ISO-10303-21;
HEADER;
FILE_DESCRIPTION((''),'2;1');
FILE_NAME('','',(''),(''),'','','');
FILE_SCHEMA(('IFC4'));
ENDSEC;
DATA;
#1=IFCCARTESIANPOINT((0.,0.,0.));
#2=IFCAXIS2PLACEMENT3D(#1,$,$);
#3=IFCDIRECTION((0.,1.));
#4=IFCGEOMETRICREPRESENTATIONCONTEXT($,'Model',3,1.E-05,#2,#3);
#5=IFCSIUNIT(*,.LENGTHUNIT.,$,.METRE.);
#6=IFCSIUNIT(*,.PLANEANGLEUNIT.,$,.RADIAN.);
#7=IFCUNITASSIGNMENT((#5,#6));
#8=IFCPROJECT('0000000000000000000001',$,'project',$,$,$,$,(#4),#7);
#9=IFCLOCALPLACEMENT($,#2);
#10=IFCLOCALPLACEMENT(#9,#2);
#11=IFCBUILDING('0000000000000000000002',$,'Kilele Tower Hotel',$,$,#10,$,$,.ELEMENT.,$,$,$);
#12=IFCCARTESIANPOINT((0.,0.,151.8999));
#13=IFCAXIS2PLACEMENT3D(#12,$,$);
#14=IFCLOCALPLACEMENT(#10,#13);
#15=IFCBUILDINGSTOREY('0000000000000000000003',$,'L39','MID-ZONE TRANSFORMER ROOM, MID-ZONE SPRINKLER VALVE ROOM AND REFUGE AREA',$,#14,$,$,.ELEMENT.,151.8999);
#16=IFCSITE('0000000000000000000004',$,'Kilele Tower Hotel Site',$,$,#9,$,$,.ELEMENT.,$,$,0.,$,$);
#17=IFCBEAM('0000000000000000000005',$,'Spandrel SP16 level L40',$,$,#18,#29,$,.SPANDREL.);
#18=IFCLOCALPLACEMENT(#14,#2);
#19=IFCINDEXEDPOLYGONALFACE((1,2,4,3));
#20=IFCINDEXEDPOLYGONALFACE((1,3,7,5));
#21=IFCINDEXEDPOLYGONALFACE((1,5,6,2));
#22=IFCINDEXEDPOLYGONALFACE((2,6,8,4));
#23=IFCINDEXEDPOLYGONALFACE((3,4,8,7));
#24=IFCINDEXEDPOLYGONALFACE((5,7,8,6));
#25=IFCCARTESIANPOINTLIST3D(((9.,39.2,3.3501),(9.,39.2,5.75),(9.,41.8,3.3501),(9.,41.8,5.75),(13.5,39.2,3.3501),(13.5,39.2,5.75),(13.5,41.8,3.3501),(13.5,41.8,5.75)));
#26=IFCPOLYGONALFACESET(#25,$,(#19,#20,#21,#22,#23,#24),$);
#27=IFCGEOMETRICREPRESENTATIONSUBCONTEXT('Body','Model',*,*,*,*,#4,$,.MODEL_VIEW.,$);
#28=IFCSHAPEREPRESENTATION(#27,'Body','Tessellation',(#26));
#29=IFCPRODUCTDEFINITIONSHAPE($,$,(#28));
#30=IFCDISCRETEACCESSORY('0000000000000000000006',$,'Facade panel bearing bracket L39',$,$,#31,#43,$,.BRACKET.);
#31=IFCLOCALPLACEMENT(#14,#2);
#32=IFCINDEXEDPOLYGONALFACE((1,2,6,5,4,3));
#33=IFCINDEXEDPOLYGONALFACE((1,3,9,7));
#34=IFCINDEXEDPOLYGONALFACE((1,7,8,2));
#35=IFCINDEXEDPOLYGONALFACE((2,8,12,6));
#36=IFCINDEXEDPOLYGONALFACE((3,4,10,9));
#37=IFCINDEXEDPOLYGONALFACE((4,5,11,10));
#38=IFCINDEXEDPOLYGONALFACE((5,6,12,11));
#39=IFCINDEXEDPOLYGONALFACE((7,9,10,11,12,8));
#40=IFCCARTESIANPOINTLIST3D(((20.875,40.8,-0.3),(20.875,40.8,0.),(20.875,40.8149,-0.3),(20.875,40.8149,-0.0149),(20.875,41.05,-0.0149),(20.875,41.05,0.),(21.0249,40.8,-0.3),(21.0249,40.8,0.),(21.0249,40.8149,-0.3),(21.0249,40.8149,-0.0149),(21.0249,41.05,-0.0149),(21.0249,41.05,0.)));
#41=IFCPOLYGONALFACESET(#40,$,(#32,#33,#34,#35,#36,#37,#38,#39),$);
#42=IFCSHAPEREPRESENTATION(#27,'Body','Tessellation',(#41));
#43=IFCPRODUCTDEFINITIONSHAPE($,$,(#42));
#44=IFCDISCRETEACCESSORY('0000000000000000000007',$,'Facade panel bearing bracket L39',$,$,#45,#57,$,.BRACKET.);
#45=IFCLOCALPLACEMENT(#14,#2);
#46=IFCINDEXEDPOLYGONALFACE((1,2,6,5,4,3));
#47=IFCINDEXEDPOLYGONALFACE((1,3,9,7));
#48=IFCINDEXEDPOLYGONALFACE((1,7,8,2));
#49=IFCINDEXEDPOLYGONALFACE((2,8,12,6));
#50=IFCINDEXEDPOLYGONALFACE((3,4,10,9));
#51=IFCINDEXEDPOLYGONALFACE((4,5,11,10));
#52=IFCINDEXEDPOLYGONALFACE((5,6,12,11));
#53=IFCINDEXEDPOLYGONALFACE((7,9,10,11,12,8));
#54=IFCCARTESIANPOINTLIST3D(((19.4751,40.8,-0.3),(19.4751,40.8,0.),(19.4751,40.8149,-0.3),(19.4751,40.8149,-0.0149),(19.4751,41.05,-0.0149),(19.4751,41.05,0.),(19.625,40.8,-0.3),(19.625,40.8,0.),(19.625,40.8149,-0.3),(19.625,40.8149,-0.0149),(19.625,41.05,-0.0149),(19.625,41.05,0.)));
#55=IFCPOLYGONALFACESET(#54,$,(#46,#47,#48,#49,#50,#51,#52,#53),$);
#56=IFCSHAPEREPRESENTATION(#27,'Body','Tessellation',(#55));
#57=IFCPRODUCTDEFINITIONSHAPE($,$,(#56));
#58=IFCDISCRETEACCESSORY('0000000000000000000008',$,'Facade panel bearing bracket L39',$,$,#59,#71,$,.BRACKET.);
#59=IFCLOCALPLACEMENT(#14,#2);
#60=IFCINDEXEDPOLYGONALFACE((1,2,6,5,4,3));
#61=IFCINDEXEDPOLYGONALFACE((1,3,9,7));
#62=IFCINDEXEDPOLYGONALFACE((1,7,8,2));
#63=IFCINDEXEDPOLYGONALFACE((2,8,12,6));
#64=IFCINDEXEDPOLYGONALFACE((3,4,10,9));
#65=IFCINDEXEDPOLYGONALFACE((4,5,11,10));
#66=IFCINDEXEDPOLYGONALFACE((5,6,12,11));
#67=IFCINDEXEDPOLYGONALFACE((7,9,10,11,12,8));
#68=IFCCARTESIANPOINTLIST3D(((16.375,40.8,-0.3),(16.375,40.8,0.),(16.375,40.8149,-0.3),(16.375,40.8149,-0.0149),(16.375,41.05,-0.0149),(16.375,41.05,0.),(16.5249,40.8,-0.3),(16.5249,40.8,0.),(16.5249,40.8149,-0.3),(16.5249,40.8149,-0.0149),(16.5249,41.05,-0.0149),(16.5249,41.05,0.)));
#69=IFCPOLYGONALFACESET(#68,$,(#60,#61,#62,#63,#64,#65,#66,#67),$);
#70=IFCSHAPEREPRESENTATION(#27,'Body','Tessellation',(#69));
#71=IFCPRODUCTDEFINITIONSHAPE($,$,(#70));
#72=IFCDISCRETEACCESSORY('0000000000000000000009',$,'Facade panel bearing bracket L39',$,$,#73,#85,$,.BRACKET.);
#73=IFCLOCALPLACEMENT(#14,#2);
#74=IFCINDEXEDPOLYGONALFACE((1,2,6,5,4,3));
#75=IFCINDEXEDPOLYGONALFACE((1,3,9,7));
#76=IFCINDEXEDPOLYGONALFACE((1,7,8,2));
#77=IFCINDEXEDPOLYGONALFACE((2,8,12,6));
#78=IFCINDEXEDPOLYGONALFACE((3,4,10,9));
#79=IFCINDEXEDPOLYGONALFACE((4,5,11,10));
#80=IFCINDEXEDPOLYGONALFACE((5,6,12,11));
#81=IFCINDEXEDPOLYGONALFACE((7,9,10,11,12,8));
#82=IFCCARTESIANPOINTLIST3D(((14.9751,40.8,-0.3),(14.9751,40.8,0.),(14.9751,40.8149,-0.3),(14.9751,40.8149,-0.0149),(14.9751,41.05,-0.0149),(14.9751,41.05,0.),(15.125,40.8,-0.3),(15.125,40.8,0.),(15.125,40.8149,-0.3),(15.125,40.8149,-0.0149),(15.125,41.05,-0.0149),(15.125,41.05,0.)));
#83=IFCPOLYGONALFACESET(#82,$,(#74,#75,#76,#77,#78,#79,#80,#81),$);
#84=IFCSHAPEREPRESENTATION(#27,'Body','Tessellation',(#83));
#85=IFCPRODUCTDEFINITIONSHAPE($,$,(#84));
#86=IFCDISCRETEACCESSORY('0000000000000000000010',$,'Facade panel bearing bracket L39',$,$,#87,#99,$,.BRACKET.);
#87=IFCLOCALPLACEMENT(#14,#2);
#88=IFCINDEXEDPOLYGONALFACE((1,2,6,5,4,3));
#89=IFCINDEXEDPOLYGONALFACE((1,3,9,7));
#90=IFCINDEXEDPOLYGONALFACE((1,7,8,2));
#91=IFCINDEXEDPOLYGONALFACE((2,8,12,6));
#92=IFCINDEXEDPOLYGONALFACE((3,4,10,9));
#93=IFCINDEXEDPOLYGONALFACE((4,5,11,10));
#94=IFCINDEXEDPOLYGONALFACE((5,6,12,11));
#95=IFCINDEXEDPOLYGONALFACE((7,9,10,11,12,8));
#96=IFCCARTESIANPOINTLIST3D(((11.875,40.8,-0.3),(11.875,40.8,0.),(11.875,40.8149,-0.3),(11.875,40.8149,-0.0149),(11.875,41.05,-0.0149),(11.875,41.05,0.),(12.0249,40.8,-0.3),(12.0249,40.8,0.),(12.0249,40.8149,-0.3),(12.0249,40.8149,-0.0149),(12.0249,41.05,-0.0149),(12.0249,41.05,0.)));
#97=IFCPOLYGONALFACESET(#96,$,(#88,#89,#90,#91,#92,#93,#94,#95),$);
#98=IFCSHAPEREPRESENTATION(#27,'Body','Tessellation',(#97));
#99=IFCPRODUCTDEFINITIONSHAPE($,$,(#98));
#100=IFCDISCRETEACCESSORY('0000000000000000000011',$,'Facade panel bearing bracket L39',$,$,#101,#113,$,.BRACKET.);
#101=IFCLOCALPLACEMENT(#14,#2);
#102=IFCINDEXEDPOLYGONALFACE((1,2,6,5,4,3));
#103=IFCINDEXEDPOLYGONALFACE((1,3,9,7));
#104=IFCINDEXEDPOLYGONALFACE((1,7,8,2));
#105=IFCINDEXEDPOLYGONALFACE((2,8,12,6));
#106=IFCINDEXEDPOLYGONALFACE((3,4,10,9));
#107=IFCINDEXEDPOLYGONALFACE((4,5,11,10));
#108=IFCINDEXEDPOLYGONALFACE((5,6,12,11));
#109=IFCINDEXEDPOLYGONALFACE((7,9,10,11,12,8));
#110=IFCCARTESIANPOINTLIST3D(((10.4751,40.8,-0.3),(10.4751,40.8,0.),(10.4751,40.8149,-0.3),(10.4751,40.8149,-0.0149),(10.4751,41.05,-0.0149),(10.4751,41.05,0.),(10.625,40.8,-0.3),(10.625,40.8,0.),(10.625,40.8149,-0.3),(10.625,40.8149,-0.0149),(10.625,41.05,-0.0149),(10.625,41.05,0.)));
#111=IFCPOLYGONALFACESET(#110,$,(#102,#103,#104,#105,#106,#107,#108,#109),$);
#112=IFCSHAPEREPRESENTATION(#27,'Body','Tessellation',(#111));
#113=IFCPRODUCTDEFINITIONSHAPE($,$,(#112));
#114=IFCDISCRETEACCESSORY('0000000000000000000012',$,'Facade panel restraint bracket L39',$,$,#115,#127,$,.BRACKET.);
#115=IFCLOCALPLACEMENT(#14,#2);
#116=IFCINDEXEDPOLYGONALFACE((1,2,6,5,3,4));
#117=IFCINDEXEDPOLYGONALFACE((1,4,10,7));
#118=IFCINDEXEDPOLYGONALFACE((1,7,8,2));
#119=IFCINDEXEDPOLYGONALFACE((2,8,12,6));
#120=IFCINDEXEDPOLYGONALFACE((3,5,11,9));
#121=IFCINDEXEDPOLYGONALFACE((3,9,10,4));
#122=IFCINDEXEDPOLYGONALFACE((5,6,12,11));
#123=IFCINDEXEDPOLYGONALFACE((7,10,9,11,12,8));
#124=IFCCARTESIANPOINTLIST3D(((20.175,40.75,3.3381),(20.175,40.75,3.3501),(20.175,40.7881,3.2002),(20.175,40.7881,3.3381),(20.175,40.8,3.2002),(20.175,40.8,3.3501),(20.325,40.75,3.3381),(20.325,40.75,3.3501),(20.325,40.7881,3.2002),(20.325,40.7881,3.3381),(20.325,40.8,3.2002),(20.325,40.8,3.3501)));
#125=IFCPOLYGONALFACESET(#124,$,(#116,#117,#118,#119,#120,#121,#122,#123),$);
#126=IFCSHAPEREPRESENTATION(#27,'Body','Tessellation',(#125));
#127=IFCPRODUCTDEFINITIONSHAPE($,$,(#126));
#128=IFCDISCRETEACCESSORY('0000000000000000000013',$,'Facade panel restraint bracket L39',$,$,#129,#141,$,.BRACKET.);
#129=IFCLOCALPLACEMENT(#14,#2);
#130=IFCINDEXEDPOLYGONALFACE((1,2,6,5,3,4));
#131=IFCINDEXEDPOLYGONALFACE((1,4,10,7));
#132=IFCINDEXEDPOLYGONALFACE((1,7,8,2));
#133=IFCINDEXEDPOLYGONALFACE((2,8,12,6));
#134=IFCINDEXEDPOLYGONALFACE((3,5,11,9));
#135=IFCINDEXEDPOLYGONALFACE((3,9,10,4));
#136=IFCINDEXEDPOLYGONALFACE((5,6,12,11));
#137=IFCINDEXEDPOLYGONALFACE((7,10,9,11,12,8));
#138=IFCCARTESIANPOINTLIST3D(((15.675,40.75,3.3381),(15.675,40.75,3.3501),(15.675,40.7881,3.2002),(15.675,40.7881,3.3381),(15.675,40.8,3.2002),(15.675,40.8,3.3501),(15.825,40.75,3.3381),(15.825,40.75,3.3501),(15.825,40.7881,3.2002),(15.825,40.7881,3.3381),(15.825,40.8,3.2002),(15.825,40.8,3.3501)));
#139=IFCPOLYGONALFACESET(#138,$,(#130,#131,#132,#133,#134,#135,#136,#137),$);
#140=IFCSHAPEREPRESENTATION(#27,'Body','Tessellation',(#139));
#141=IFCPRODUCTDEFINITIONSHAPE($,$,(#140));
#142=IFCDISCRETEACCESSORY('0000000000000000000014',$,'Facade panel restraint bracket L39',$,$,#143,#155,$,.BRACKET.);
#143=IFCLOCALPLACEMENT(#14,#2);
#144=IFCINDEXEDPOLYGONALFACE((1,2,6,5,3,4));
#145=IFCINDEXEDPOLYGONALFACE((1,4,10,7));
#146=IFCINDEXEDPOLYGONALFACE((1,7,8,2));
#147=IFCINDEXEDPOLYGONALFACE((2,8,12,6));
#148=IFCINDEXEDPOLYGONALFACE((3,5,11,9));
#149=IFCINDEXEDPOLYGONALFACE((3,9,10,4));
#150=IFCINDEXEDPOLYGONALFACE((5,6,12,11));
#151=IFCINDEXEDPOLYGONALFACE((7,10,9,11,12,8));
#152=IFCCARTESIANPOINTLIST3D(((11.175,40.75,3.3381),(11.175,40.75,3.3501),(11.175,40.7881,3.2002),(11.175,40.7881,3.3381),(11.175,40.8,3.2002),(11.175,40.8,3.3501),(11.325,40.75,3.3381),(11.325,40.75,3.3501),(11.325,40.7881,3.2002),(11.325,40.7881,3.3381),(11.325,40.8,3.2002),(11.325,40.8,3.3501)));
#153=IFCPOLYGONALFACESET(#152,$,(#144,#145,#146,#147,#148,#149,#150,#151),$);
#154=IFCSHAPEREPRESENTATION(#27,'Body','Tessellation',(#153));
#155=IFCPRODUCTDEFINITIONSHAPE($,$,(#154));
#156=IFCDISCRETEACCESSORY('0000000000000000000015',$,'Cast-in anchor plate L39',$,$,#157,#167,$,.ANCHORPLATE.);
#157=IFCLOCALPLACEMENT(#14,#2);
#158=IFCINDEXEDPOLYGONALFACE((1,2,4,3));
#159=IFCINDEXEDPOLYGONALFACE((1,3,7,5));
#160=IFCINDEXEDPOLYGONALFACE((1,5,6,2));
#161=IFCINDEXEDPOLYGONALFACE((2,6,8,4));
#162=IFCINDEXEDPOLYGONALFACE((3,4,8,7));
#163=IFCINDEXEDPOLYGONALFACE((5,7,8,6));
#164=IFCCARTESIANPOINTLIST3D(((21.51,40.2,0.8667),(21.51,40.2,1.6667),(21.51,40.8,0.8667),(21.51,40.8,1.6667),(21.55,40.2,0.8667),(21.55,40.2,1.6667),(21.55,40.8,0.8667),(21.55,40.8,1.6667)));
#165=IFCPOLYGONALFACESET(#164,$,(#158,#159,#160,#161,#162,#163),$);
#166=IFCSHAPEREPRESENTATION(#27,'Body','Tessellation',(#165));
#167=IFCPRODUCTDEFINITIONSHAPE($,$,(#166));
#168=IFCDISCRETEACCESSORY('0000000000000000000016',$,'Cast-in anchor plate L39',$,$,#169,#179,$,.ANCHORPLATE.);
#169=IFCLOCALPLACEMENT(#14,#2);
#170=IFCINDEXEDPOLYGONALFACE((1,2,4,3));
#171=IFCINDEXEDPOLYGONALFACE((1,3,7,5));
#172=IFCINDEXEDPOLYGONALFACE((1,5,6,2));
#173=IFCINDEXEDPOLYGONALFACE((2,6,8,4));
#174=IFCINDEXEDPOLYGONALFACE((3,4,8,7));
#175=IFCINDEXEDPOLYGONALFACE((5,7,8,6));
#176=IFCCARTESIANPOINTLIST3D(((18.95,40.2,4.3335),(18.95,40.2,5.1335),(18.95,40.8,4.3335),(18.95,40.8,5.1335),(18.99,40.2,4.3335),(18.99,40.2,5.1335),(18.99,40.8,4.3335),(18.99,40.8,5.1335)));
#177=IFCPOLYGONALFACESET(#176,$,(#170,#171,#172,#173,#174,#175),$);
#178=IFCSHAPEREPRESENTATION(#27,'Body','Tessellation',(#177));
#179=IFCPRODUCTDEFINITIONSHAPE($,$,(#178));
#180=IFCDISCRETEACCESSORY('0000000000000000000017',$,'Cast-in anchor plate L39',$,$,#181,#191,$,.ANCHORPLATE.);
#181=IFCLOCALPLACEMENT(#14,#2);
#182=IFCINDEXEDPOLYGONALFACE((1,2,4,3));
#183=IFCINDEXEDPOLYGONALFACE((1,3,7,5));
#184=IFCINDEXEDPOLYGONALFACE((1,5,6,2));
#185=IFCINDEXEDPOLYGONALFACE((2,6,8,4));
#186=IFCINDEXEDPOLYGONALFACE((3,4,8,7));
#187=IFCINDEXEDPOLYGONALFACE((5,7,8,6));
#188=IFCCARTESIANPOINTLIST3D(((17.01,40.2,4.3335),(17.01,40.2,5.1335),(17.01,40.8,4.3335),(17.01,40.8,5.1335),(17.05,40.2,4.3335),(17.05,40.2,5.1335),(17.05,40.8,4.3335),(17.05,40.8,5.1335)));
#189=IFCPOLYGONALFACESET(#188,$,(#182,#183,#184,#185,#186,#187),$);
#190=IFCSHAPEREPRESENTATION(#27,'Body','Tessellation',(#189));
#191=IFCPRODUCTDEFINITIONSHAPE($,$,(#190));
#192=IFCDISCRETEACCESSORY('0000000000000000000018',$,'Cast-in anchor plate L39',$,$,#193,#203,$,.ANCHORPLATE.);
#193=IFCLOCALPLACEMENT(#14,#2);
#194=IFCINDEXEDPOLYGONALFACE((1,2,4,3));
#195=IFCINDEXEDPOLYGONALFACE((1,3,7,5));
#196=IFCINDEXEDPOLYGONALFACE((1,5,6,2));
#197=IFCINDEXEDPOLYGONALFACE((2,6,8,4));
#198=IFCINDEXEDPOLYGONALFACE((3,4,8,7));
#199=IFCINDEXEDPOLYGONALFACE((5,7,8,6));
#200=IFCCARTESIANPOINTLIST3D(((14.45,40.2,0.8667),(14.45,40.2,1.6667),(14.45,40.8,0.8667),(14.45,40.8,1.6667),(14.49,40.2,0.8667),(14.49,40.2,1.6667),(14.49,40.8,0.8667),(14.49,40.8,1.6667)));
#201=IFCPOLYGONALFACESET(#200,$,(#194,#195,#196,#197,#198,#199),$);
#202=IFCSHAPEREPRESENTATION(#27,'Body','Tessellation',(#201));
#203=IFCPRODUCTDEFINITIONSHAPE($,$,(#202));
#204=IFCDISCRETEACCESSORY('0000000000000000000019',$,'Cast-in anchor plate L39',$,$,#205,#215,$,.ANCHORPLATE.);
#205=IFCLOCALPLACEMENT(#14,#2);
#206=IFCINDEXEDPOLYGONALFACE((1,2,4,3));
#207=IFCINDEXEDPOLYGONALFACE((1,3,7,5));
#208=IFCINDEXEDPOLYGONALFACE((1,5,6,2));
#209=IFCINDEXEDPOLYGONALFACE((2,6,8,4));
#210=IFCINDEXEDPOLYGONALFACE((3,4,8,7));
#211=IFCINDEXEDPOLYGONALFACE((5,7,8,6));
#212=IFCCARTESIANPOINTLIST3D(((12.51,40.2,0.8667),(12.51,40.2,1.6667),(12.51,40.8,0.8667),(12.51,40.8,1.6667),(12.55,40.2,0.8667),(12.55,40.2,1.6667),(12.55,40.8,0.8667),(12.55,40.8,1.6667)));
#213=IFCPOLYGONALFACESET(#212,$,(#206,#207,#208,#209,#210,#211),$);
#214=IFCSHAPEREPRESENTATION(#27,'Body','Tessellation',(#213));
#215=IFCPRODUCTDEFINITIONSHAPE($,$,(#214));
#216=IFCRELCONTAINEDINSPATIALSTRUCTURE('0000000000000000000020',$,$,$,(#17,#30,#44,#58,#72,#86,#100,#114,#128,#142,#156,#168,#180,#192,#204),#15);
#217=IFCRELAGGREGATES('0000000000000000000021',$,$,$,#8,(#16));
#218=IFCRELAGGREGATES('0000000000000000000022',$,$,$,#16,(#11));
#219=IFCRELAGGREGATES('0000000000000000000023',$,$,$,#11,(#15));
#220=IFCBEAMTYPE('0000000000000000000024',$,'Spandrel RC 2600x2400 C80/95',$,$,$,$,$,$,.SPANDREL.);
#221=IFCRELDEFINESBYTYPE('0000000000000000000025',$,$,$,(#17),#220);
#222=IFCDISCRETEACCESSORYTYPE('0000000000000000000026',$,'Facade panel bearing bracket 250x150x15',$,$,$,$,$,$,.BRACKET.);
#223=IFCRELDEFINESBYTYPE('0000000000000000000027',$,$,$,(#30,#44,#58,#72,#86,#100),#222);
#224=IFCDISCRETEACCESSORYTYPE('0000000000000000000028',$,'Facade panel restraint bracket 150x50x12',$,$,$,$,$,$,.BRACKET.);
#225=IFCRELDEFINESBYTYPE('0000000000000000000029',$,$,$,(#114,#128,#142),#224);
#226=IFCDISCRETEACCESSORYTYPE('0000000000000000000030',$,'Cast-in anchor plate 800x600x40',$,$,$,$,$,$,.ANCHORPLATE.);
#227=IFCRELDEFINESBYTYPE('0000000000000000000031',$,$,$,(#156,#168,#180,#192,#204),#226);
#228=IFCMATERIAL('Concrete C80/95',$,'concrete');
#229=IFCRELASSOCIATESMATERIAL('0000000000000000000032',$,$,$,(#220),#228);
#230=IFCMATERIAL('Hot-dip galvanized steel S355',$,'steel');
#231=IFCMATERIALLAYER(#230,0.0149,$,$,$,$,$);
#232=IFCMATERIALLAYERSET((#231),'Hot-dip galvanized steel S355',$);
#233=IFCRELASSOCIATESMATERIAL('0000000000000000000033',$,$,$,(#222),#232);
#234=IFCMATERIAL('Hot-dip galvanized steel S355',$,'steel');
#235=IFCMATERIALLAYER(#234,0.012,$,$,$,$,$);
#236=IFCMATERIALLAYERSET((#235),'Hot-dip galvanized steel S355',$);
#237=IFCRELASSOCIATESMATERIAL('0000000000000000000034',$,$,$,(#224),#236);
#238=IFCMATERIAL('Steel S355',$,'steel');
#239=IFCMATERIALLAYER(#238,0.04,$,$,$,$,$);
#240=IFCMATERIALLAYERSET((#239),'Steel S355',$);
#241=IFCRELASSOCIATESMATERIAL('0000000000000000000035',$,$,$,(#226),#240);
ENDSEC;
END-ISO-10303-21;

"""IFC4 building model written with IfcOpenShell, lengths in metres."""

from ifc_helpers import new_model, si_unit, direction, frame, origin, origin_2d, place, context, subcontext, project, spatial, polyline, rectangle, outline, extrude, source, transform, mapped, material, layer, layer_set, material_profile, profile_set, type_object, element, save


model = new_model("IFC4")

# Units and contexts
model_context = context("Model", 3, precision=1e-05, world=origin(), true_north=direction((0.0, 1.0)))
body_context = subcontext(model_context, "Body", "Model", "MODEL_VIEW")
ifc_project = project(units=[si_unit("LENGTHUNIT", "METRE"), si_unit("PLANEANGLEUNIT", "RADIAN")], contexts=[model_context])

# Site, building, storey
site_placement = place(None, origin())
site = spatial("IfcSite", under=ifc_project, at=site_placement, Name="Kilele Tower Hotel Site", CompositionType="ELEMENT", RefElevation=0.0)
building_placement = place(site_placement, origin())
building = spatial("IfcBuilding", under=site, at=building_placement, Name="Kilele Tower Hotel", CompositionType="ELEMENT")
storey_placement = place(building_placement, frame((0.0, 0.0, 151.8999)))
storey = spatial("IfcBuildingStorey", under=building, at=storey_placement, Name="L39", Description="MID-ZONE TRANSFORMER ROOM, MID-ZONE SPRINKLER VALVE ROOM AND REFUGE AREA", CompositionType="ELEMENT", Elevation=151.8999)

# Beam
ifc_material_1 = material(Name="Concrete C80/95", Category="concrete")
ifc_material_profile_1 = material_profile(ifc_material_1, rectangle(XDim=2.6001, YDim=2.3999, at=origin_2d()))
ifc_profile_set_1 = profile_set([ifc_material_profile_1], Name="Concrete C80/95")
beam_type_1 = type_object("IfcBeamType", Name="Spandrel RC 2600x2400 C80/95", PredefinedType="SPANDREL", material=ifc_profile_set_1)
for number, where, z_axis, x_axis, name in (
    (1, (13.5, 40.5, 4.55), (-1.0, 0.0, 0.0), (0.0, -1.0, 0.0), "Spandrel SP16 level L40"),
):
    element("IfcBeam", number, at=place(storey_placement, frame(where, z_axis=z_axis, x_axis=x_axis)), inside=storey, type_object=beam_type_1, Name=name, PredefinedType="SPANDREL", context=body_context, shape_type="SweptSolid", body=[
        extrude(rectangle(XDim=2.6001, YDim=2.3999, at=origin_2d()), origin(), (0.0, 0.0, 1.0), 4.5),
    ])

# Discrete accessories
ifc_material_2 = material(Name="Hot-dip galvanized steel S355", Category="steel")
ifc_layer_1 = layer(ifc_material_2, 0.0149)
ifc_layer_set_1 = layer_set([ifc_layer_1], Name="Hot-dip galvanized steel S355")
discrete_accessory_type_1 = type_object("IfcDiscreteAccessoryType", Name="Facade panel bearing bracket 250x150x15", PredefinedType="BRACKET", material=ifc_layer_set_1)
shared_shape_1 = source(origin(), body_context, "Body", "SweptSolid", [
    extrude(outline(polyline([(0.0, 0.0), (0.25, 0.0), (0.25, -0.0149), (0.0149, -0.0149), (0.0149, -0.3), (0.0, -0.3), (0.0, 0.0)])), origin(), (0.0, 0.0, 1.0), 0.1499),
])
for number, where, z_axis, x_axis, name in (
    (2, (20.875, 40.8, 0.0), (1.0, 0.0, 0.0), (0.0, 1.0, 0.0), "Facade panel bearing bracket L39"),
    (3, (19.4751, 40.8, 0.0), (1.0, 0.0, 0.0), (0.0, 1.0, 0.0), "Facade panel bearing bracket L39"),
    (4, (16.375, 40.8, 0.0), (1.0, 0.0, 0.0), (0.0, 1.0, 0.0), "Facade panel bearing bracket L39"),
    (5, (14.9751, 40.8, 0.0), (1.0, 0.0, 0.0), (0.0, 1.0, 0.0), "Facade panel bearing bracket L39"),
    (6, (11.875, 40.8, 0.0), (1.0, 0.0, 0.0), (0.0, 1.0, 0.0), "Facade panel bearing bracket L39"),
    (7, (10.4751, 40.8, 0.0), (1.0, 0.0, 0.0), (0.0, 1.0, 0.0), "Facade panel bearing bracket L39"),
):
    element("IfcDiscreteAccessory", number, at=place(storey_placement, frame(where, z_axis=z_axis, x_axis=x_axis)), inside=storey, type_object=discrete_accessory_type_1, Name=name, PredefinedType="BRACKET", context=body_context, shape_type="MappedRepresentation", body=[
        mapped(shared_shape_1, transform((0.0, 0.0, 0.0))),
    ])
ifc_material_3 = material(Name="Hot-dip galvanized steel S355", Category="steel")
ifc_layer_2 = layer(ifc_material_3, 0.012)
ifc_layer_set_2 = layer_set([ifc_layer_2], Name="Hot-dip galvanized steel S355")
discrete_accessory_type_2 = type_object("IfcDiscreteAccessoryType", Name="Facade panel restraint bracket 150x50x12", PredefinedType="BRACKET", material=ifc_layer_set_2)
shared_shape_2 = source(origin(), body_context, "Body", "SweptSolid", [
    extrude(outline(polyline([(0.0, 0.0), (0.0, -0.1499), (-0.012, -0.1499), (-0.012, -0.012), (-0.05, -0.012), (-0.05, 0.0), (0.0, 0.0)])), origin(), (0.0, 0.0, 1.0), 0.1499),
])
for number, where, z_axis, x_axis, name in (
    (8, (20.175, 40.8, 3.3501), (1.0, 0.0, 0.0), (0.0, 1.0, 0.0), "Facade panel restraint bracket L39"),
    (9, (15.675, 40.8, 3.3501), (1.0, 0.0, 0.0), (0.0, 1.0, 0.0), "Facade panel restraint bracket L39"),
    (10, (11.175, 40.8, 3.3501), (1.0, 0.0, 0.0), (0.0, 1.0, 0.0), "Facade panel restraint bracket L39"),
):
    element("IfcDiscreteAccessory", number, at=place(storey_placement, frame(where, z_axis=z_axis, x_axis=x_axis)), inside=storey, type_object=discrete_accessory_type_2, Name=name, PredefinedType="BRACKET", context=body_context, shape_type="MappedRepresentation", body=[
        mapped(shared_shape_2, transform((0.0, 0.0, 0.0))),
    ])
ifc_material_4 = material(Name="Steel S355", Category="steel")
ifc_layer_3 = layer(ifc_material_4, 0.04)
ifc_layer_set_3 = layer_set([ifc_layer_3], Name="Steel S355")
discrete_accessory_type_3 = type_object("IfcDiscreteAccessoryType", Name="Cast-in anchor plate 800x600x40", PredefinedType="ANCHORPLATE", material=ifc_layer_set_3)
shared_shape_3 = source(origin(), body_context, "Body", "SweptSolid", [
    extrude(outline(polyline([(0.0, 0.0), (0.04, 0.0), (0.04, 0.8), (0.0, 0.8), (0.0, 0.0)])), origin(), (0.0, 0.0, 1.0), 0.6001),
])
for number, where, z_axis, x_axis, name in (
    (11, (21.55, 40.2, 0.8667), (0.0, 1.0, 0.0), (-1.0, 0.0, 0.0), "Cast-in anchor plate L39"),
    (12, (18.95, 40.8, 4.3335), (0.0, -1.0, 0.0), (1.0, 0.0, 0.0), "Cast-in anchor plate L39"),
    (13, (17.05, 40.2, 4.3335), (0.0, 1.0, 0.0), (-1.0, 0.0, 0.0), "Cast-in anchor plate L39"),
    (14, (14.45, 40.8, 0.8667), (0.0, -1.0, 0.0), (1.0, 0.0, 0.0), "Cast-in anchor plate L39"),
    (15, (12.55, 40.2, 0.8667), (0.0, 1.0, 0.0), (-1.0, 0.0, 0.0), "Cast-in anchor plate L39"),
):
    element("IfcDiscreteAccessory", number, at=place(storey_placement, frame(where, z_axis=z_axis, x_axis=x_axis)), inside=storey, type_object=discrete_accessory_type_3, Name=name, PredefinedType="ANCHORPLATE", context=body_context, shape_type="MappedRepresentation", body=[
        mapped(shared_shape_3, transform((0.0, 0.0, 0.0))),
    ])

save(model, "model.ifc")
